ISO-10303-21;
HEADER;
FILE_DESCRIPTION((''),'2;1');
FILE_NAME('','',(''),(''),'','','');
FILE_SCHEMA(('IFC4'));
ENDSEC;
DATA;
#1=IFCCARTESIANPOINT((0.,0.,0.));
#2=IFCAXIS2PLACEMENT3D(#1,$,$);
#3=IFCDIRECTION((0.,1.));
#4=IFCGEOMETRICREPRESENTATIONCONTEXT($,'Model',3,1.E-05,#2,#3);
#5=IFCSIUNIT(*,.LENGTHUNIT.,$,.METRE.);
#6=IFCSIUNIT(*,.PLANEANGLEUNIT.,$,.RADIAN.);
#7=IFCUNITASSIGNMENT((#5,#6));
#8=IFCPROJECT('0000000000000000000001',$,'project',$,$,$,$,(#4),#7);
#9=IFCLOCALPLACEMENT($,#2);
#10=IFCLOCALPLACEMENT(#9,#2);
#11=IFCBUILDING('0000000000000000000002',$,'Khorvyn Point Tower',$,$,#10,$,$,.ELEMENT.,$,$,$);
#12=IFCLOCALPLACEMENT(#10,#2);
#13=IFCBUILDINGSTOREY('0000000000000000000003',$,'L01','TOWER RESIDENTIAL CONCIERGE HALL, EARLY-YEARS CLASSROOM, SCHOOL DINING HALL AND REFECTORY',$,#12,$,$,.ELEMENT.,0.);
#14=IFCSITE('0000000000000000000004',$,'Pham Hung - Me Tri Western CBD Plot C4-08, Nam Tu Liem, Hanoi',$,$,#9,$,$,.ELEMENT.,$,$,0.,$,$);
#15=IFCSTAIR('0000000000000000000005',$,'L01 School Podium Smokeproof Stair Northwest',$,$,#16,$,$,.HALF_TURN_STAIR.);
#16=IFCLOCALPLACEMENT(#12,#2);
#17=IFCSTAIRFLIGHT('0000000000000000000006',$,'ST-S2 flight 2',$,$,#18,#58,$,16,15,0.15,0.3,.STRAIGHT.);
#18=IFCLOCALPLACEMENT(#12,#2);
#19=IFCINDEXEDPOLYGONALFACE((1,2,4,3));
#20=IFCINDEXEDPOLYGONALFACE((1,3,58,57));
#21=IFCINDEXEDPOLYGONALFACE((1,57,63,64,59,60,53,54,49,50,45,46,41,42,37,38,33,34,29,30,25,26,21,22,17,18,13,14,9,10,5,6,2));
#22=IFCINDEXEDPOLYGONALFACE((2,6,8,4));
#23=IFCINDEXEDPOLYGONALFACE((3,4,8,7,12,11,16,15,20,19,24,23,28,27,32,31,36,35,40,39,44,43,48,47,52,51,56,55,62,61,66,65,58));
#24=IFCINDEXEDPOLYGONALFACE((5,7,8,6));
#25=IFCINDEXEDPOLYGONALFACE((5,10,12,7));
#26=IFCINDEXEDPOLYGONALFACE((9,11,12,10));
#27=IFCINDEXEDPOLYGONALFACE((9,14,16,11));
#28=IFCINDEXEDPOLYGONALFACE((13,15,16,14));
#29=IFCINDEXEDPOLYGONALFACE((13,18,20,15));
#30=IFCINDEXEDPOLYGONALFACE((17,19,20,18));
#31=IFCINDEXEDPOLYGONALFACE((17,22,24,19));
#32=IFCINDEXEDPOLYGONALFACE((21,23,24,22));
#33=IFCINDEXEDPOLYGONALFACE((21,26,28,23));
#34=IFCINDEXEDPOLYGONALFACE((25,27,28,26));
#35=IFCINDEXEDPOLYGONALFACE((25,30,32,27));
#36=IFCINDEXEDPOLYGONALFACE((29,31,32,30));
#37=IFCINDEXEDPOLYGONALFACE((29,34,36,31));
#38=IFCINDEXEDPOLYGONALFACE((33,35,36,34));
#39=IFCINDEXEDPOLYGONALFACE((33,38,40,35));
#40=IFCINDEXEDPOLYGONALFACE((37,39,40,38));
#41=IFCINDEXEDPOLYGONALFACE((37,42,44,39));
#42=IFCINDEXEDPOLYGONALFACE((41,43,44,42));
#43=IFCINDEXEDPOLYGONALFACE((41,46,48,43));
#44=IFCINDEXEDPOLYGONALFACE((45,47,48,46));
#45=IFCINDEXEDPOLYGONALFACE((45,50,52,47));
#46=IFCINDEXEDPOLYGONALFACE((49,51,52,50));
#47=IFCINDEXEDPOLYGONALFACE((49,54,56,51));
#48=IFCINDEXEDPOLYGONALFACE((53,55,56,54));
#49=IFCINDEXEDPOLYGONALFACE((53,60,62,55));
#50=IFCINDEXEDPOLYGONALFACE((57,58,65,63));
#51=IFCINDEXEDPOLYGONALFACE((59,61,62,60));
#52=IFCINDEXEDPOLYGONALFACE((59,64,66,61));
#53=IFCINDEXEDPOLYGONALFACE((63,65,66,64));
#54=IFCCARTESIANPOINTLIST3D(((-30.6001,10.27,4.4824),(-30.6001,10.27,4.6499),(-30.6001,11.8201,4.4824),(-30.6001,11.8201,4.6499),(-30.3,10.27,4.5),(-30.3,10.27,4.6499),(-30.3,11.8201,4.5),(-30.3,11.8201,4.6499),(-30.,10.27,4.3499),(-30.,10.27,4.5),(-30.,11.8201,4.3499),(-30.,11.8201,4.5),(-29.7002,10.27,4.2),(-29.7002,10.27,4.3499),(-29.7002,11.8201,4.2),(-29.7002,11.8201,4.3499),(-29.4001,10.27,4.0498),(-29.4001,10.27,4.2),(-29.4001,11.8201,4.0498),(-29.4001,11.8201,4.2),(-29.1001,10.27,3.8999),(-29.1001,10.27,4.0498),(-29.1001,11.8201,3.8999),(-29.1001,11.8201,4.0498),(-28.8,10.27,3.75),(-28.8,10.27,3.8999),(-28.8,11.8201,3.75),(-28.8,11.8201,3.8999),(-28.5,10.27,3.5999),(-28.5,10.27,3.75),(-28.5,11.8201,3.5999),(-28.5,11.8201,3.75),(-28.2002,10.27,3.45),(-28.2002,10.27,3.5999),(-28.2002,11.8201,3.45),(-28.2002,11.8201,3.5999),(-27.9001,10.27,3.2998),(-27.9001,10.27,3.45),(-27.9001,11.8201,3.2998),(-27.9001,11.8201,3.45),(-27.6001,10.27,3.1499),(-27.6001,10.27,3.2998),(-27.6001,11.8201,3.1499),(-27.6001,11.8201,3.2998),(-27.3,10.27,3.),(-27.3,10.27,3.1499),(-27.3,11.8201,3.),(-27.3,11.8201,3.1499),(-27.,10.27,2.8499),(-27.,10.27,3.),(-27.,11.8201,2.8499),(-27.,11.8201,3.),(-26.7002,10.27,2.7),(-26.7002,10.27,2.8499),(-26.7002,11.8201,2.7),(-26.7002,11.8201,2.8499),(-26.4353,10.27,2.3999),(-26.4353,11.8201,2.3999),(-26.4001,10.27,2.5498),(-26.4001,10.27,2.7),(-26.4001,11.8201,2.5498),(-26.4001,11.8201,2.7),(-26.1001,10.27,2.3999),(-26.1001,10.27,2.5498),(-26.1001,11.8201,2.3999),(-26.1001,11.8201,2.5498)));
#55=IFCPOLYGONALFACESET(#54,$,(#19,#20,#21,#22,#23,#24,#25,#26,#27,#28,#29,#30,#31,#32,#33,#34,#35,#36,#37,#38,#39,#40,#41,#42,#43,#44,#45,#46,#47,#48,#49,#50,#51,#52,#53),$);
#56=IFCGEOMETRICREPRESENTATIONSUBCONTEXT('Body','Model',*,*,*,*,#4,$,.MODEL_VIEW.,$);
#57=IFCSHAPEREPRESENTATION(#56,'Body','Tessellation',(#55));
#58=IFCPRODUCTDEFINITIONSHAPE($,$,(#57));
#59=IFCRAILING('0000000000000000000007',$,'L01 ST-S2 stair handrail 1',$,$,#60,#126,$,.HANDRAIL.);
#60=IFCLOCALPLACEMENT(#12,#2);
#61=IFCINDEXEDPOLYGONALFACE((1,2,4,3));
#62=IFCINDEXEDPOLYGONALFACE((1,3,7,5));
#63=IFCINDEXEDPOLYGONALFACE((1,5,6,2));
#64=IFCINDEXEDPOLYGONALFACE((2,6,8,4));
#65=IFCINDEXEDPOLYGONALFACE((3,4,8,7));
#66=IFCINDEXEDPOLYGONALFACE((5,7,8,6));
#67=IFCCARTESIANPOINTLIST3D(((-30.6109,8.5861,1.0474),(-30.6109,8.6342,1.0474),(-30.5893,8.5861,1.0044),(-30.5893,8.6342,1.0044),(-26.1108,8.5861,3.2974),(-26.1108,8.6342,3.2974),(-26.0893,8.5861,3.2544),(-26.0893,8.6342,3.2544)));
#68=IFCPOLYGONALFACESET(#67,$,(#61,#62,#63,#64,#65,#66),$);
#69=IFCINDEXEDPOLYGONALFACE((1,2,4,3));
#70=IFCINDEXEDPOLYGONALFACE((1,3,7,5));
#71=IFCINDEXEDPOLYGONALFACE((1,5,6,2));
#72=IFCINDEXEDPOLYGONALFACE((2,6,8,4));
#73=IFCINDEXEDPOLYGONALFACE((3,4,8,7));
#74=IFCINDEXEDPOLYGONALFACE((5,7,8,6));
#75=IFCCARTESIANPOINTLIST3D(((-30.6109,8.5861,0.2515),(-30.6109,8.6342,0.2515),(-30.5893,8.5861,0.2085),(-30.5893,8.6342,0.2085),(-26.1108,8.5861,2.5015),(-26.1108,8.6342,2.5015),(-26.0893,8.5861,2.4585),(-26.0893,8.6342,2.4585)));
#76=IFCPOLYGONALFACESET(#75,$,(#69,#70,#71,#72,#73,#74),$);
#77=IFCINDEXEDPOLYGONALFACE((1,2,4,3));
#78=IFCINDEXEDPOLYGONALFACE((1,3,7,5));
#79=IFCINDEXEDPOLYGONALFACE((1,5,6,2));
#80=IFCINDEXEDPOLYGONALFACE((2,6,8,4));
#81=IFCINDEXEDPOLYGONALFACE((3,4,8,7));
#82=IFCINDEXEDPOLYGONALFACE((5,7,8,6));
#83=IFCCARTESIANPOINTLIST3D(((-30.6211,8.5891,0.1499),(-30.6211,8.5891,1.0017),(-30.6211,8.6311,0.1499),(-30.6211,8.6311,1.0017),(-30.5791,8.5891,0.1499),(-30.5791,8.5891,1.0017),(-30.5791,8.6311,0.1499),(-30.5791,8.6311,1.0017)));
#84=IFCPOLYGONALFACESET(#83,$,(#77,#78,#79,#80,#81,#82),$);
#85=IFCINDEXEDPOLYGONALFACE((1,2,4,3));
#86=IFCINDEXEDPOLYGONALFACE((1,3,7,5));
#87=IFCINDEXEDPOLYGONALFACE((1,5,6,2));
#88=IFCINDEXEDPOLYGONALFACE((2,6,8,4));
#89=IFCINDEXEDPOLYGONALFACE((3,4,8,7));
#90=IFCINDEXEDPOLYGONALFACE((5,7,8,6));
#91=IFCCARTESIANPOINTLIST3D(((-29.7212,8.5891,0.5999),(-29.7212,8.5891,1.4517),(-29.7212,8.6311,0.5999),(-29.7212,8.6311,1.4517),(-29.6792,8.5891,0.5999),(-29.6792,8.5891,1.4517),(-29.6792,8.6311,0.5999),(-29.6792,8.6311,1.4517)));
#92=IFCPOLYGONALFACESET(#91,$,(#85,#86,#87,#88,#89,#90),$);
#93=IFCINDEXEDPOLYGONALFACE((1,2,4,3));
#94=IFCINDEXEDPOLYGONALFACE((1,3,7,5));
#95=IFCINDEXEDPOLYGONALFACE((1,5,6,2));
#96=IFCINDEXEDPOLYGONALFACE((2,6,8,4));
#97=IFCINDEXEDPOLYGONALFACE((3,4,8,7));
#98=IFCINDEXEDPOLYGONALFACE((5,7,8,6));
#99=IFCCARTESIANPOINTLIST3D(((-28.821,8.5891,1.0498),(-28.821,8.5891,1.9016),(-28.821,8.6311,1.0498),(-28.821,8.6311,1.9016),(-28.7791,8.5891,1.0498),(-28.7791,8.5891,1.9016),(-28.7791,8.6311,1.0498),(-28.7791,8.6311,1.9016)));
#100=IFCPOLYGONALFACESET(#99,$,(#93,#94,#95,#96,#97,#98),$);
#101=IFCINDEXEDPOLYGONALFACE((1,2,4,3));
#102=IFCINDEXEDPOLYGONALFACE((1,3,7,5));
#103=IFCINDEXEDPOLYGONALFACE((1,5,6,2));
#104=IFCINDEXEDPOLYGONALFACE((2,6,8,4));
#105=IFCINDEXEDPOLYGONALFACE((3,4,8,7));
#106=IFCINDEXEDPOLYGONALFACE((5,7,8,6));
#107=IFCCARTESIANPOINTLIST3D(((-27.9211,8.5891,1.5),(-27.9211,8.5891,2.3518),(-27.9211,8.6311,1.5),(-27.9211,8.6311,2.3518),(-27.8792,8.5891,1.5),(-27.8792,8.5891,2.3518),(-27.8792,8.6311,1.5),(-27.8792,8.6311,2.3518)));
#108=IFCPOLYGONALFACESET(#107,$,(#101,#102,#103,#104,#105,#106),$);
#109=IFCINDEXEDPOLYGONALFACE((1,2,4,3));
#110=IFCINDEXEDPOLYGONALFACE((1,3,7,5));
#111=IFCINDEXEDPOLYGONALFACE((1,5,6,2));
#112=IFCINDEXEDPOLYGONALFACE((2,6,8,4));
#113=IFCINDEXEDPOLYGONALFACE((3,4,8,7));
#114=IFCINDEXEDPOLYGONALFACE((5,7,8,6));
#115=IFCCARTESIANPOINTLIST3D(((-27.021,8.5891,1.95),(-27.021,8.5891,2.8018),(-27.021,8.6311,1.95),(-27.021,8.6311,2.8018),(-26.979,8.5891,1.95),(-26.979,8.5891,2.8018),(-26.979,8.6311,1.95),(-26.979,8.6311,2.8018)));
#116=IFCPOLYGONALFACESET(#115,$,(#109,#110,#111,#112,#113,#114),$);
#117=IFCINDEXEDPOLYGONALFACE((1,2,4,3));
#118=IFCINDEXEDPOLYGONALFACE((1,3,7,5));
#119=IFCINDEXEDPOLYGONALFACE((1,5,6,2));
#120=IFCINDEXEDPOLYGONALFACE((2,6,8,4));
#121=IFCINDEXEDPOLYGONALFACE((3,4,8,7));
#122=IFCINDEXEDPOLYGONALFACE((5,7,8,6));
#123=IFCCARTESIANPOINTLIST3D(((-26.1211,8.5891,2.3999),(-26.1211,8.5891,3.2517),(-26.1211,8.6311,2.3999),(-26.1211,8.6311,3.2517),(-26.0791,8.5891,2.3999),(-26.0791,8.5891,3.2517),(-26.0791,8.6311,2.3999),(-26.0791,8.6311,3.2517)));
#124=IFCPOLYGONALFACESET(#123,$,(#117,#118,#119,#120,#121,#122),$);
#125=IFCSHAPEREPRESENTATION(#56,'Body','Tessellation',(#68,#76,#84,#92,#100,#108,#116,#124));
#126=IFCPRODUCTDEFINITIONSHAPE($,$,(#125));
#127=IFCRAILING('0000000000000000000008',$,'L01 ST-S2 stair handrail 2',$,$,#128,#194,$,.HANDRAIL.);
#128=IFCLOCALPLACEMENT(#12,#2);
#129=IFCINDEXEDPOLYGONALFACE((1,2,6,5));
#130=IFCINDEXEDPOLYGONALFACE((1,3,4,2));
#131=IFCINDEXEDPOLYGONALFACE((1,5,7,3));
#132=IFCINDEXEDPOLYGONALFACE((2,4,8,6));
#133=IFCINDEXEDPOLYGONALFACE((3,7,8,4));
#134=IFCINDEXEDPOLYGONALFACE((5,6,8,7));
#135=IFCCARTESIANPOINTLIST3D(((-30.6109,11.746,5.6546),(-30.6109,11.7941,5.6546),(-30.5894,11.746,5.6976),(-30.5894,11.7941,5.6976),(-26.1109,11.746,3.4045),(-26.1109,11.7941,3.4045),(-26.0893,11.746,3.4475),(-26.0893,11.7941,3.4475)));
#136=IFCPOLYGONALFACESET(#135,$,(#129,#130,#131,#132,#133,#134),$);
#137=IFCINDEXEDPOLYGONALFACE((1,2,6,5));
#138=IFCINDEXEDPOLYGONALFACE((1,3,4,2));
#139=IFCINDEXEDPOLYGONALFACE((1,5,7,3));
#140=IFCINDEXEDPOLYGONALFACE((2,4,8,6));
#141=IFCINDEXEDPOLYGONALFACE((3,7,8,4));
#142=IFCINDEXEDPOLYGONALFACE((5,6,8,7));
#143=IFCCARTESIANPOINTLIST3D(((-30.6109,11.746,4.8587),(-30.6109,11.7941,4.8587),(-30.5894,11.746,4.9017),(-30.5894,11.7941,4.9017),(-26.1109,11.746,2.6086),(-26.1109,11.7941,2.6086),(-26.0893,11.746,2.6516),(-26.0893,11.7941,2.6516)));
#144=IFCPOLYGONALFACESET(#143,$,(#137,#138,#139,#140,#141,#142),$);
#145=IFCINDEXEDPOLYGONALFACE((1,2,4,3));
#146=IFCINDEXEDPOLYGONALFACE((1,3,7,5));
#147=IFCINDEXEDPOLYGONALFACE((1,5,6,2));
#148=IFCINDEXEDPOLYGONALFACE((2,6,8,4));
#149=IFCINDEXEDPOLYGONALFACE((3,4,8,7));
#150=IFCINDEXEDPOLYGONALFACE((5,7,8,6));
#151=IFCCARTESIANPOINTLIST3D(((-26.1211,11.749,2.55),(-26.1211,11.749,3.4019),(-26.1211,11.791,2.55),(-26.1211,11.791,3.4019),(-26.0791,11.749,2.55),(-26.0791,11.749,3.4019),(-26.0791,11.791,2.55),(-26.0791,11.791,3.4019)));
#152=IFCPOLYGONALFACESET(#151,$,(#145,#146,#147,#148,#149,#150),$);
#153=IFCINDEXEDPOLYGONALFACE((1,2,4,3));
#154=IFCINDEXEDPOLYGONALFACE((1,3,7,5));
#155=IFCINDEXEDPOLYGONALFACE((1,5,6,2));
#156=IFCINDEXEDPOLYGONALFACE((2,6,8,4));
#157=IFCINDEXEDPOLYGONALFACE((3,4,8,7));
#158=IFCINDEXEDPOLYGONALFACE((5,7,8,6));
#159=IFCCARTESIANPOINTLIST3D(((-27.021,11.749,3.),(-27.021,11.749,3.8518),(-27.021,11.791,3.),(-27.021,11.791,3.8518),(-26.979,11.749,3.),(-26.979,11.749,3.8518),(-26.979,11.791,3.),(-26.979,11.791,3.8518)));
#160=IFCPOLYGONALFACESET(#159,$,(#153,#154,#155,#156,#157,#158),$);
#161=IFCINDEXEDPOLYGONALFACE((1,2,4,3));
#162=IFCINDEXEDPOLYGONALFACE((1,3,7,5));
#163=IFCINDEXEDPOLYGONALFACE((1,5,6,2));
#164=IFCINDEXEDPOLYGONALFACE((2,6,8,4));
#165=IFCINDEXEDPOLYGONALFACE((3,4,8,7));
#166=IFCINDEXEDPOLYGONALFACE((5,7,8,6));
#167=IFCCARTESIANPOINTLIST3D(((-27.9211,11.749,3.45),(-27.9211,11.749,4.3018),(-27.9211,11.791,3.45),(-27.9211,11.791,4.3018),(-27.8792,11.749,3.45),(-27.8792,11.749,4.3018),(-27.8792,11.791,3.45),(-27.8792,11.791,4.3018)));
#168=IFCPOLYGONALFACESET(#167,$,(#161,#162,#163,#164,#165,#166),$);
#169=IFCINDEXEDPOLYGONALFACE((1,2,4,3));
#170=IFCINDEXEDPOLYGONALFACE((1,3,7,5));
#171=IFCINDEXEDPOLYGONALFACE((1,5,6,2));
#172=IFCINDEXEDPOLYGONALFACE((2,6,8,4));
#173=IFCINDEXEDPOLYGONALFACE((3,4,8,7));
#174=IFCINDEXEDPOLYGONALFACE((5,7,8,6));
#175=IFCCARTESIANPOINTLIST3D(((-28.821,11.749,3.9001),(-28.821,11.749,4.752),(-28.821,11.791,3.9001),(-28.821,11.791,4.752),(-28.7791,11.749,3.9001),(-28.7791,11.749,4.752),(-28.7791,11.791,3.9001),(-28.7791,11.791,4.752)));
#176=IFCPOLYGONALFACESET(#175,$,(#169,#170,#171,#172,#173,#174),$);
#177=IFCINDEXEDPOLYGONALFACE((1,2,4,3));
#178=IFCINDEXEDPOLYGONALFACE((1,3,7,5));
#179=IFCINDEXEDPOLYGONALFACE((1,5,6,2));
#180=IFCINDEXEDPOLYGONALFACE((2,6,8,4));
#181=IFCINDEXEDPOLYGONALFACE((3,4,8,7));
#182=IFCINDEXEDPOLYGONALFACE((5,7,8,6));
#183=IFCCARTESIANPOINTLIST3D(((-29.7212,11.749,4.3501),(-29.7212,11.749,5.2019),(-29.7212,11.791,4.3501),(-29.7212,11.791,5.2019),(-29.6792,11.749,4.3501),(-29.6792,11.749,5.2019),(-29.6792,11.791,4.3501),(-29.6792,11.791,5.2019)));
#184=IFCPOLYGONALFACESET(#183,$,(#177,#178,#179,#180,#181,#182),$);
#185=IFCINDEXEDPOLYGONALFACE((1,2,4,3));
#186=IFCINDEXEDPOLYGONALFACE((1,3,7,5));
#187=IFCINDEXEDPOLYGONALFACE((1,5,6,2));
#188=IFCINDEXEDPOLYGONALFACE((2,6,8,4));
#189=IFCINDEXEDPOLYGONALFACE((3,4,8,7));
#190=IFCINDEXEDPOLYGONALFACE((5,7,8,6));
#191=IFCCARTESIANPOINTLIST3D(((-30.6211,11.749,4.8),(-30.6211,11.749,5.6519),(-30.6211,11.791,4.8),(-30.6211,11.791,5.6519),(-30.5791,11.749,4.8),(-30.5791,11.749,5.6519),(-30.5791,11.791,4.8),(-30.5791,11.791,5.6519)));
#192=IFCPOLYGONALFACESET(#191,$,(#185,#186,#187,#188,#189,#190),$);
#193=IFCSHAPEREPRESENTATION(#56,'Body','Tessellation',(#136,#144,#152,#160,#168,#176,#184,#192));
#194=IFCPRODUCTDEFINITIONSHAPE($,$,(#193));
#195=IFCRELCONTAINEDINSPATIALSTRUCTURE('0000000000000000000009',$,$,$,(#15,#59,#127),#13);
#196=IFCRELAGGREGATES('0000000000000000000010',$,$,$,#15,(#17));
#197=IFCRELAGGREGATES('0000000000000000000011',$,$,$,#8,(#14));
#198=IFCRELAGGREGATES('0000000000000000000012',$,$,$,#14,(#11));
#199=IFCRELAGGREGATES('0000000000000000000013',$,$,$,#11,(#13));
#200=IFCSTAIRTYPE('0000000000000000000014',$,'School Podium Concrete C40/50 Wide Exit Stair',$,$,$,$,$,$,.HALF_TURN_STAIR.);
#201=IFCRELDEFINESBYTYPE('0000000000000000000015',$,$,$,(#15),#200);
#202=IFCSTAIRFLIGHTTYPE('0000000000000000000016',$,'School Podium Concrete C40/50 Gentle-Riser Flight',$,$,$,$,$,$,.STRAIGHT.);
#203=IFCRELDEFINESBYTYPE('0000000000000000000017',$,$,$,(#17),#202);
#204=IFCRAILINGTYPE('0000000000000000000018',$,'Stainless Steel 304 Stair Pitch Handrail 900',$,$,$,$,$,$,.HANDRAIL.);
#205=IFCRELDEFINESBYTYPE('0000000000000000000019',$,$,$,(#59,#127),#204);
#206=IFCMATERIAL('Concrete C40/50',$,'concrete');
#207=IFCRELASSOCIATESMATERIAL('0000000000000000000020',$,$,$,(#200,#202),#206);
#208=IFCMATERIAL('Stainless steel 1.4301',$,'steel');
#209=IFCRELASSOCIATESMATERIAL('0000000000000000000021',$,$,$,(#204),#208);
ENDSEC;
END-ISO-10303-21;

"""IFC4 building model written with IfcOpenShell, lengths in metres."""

from ifc_helpers import new_model, si_unit, direction, frame, origin, origin_2d, place, context, subcontext, project, spatial, polyline, rectangle, outline, extrude, material, type_object, element, aggregate, save


model = new_model("IFC4")

# Units and contexts
model_context = context("Model", 3, precision=1e-05, world=origin(), true_north=direction((0.0, 1.0)))
body_context = subcontext(model_context, "Body", "Model", "MODEL_VIEW")
ifc_project = project(units=[si_unit("LENGTHUNIT", "METRE"), si_unit("PLANEANGLEUNIT", "RADIAN")], contexts=[model_context])

# Site, building, storey
site_placement = place(None, origin())
site = spatial("IfcSite", under=ifc_project, at=site_placement, Name="Pham Hung - Me Tri Western CBD Plot C4-08, Nam Tu Liem, Hanoi", CompositionType="ELEMENT", RefElevation=0.0)
building_placement = place(site_placement, origin())
building = spatial("IfcBuilding", under=site, at=building_placement, Name="Khorvyn Point Tower", CompositionType="ELEMENT")
storey_placement = place(building_placement, origin())
storey = spatial("IfcBuildingStorey", under=building, at=storey_placement, Name="L01", Description="TOWER RESIDENTIAL CONCIERGE HALL, EARLY-YEARS CLASSROOM, SCHOOL DINING HALL AND REFECTORY", CompositionType="ELEMENT", Elevation=0.0)

# Shared definitions
ifc_material_1 = material(Name="Concrete C40/50", Category="concrete")

# Stair, stair flight
stair_type = type_object("IfcStairType", Name="School Podium Concrete C40/50 Wide Exit Stair", PredefinedType="HALF_TURN_STAIR", material=ifc_material_1)
stair_placement = place(storey_placement, origin())
stair = element("IfcStair", 1, at=stair_placement, inside=storey, type_object=stair_type, Name="L01 School Podium Smokeproof Stair Northwest", PredefinedType="HALF_TURN_STAIR")
stair_flight_type = type_object("IfcStairFlightType", Name="School Podium Concrete C40/50 Gentle-Riser Flight", PredefinedType="STRAIGHT", material=ifc_material_1)
stair_flight_1_placement = place(storey_placement, frame((-26.1001, 11.0449, 2.3999), z_axis=(0.0, 0.0, 1.0), x_axis=(-1.0, 0.0, 0.0)))
stair_flight_1 = element("IfcStairFlight", 2, at=stair_flight_1_placement, type_object=stair_flight_type, Name="ST-S2 flight 2", NumberOfRisers=16, NumberOfTreads=15, PredefinedType="STRAIGHT", RiserHeight=0.15, TreadLength=0.3, context=body_context, shape_type="SweptSolid", body=[
    extrude(outline(polyline([(0.0, 0.0), (0.0, 0.1499), (0.3, 0.1499), (0.3, 0.3), (0.6001, 0.3), (0.6001, 0.45), (0.8999, 0.45), (0.8999, 0.6001), (1.2, 0.6001), (1.2, 0.75), (1.5, 0.75), (1.5, 0.8999), (1.8, 0.8999), (1.8, 1.05), (2.1001, 1.05), (2.1001, 1.2), (2.3999, 1.2), (2.3999, 1.3501), (2.7, 1.3501), (2.7, 1.5), (3.0, 1.5), (3.0, 1.6499), (3.3, 1.6499), (3.3, 1.8), (3.6001, 1.8), (3.6001, 1.95), (3.8999, 1.95), (3.8999, 2.1001), (4.2, 2.1001), (4.2, 2.25), (4.5, 2.25), (4.5, 2.3999), (4.5, 2.0825), (0.3352, 0.0), (0.0, 0.0)])), frame((0.0, 0.7749, 0.0), z_axis=(0.0, -1.0, 0.0), x_axis=(1.0, 0.0, 0.0)), (0.0, 0.0, 1.0), 1.55),
])
aggregate(stair, [stair_flight_1])

# Railings
ifc_material_2 = material(Name="Stainless steel 1.4301", Category="steel")
railing_type_1 = type_object("IfcRailingType", Name="Stainless Steel 304 Stair Pitch Handrail 900", PredefinedType="HANDRAIL", material=ifc_material_2)
railing_1_placement = place(storey_placement, frame((-30.6001, 8.6101, 0.1499)))
element("IfcRailing", 3, at=railing_1_placement, inside=storey, type_object=railing_type_1, Name="L01 ST-S2 stair handrail 1", PredefinedType="HANDRAIL", context=body_context, shape_type="SweptSolid", body=[
    extrude(rectangle(XDim=0.0481, YDim=0.0481, at=origin_2d()), frame((0.0, 0.0, 0.876), z_axis=(0.894427, 0.0, 0.447214), x_axis=(0.0, 1.0, 0.0)), (0.0, 0.0, 1.0), 5.0312),
    extrude(rectangle(XDim=0.0481, YDim=0.0481, at=origin_2d()), frame((0.0, 0.0, 0.0801), z_axis=(0.894427, 0.0, 0.447214), x_axis=(0.0, 1.0, 0.0)), (0.0, 0.0, 1.0), 5.0312),
    extrude(rectangle(XDim=0.042, YDim=0.042, at=origin_2d()), origin(), (0.0, 0.0, 1.0), 0.8518),
    extrude(rectangle(XDim=0.042, YDim=0.042, at=origin_2d()), frame((0.8999, 0.0, 0.45)), (0.0, 0.0, 1.0), 0.8518),
    extrude(rectangle(XDim=0.042, YDim=0.042, at=origin_2d()), frame((1.8, 0.0, 0.8999)), (0.0, 0.0, 1.0), 0.8518),
    extrude(rectangle(XDim=0.042, YDim=0.042, at=origin_2d()), frame((2.7, 0.0, 1.3501)), (0.0, 0.0, 1.0), 0.8518),
    extrude(rectangle(XDim=0.042, YDim=0.042, at=origin_2d()), frame((3.6001, 0.0, 1.8)), (0.0, 0.0, 1.0), 0.8518),
    extrude(rectangle(XDim=0.042, YDim=0.042, at=origin_2d()), frame((4.5, 0.0, 2.25)), (0.0, 0.0, 1.0), 0.8518),
])
railing_2_placement = place(storey_placement, frame((-26.1001, 11.77, 2.55)))
element("IfcRailing", 4, at=railing_2_placement, inside=storey, type_object=railing_type_1, Name="L01 ST-S2 stair handrail 2", PredefinedType="HANDRAIL", context=body_context, shape_type="SweptSolid", body=[
    extrude(rectangle(XDim=0.0481, YDim=0.0481, at=origin_2d()), frame((0.0, 0.0, 0.876), z_axis=(-0.894427, 0.0, 0.447214), x_axis=(0.0, -1.0, 0.0)), (0.0, 0.0, 1.0), 5.0312),
    extrude(rectangle(XDim=0.0481, YDim=0.0481, at=origin_2d()), frame((0.0, 0.0, 0.0801), z_axis=(-0.894427, 0.0, 0.447214), x_axis=(0.0, -1.0, 0.0)), (0.0, 0.0, 1.0), 5.0312),
    extrude(rectangle(XDim=0.042, YDim=0.042, at=origin_2d()), origin(), (0.0, 0.0, 1.0), 0.8518),
    extrude(rectangle(XDim=0.042, YDim=0.042, at=origin_2d()), frame((-0.8999, 0.0, 0.45)), (0.0, 0.0, 1.0), 0.8518),
    extrude(rectangle(XDim=0.042, YDim=0.042, at=origin_2d()), frame((-1.8, 0.0, 0.8999)), (0.0, 0.0, 1.0), 0.8518),
    extrude(rectangle(XDim=0.042, YDim=0.042, at=origin_2d()), frame((-2.7, 0.0, 1.3501)), (0.0, 0.0, 1.0), 0.8518),
    extrude(rectangle(XDim=0.042, YDim=0.042, at=origin_2d()), frame((-3.6001, 0.0, 1.8)), (0.0, 0.0, 1.0), 0.8518),
    extrude(rectangle(XDim=0.042, YDim=0.042, at=origin_2d()), frame((-4.5, 0.0, 2.25)), (0.0, 0.0, 1.0), 0.8518),
])

save(model, "model.ifc")
